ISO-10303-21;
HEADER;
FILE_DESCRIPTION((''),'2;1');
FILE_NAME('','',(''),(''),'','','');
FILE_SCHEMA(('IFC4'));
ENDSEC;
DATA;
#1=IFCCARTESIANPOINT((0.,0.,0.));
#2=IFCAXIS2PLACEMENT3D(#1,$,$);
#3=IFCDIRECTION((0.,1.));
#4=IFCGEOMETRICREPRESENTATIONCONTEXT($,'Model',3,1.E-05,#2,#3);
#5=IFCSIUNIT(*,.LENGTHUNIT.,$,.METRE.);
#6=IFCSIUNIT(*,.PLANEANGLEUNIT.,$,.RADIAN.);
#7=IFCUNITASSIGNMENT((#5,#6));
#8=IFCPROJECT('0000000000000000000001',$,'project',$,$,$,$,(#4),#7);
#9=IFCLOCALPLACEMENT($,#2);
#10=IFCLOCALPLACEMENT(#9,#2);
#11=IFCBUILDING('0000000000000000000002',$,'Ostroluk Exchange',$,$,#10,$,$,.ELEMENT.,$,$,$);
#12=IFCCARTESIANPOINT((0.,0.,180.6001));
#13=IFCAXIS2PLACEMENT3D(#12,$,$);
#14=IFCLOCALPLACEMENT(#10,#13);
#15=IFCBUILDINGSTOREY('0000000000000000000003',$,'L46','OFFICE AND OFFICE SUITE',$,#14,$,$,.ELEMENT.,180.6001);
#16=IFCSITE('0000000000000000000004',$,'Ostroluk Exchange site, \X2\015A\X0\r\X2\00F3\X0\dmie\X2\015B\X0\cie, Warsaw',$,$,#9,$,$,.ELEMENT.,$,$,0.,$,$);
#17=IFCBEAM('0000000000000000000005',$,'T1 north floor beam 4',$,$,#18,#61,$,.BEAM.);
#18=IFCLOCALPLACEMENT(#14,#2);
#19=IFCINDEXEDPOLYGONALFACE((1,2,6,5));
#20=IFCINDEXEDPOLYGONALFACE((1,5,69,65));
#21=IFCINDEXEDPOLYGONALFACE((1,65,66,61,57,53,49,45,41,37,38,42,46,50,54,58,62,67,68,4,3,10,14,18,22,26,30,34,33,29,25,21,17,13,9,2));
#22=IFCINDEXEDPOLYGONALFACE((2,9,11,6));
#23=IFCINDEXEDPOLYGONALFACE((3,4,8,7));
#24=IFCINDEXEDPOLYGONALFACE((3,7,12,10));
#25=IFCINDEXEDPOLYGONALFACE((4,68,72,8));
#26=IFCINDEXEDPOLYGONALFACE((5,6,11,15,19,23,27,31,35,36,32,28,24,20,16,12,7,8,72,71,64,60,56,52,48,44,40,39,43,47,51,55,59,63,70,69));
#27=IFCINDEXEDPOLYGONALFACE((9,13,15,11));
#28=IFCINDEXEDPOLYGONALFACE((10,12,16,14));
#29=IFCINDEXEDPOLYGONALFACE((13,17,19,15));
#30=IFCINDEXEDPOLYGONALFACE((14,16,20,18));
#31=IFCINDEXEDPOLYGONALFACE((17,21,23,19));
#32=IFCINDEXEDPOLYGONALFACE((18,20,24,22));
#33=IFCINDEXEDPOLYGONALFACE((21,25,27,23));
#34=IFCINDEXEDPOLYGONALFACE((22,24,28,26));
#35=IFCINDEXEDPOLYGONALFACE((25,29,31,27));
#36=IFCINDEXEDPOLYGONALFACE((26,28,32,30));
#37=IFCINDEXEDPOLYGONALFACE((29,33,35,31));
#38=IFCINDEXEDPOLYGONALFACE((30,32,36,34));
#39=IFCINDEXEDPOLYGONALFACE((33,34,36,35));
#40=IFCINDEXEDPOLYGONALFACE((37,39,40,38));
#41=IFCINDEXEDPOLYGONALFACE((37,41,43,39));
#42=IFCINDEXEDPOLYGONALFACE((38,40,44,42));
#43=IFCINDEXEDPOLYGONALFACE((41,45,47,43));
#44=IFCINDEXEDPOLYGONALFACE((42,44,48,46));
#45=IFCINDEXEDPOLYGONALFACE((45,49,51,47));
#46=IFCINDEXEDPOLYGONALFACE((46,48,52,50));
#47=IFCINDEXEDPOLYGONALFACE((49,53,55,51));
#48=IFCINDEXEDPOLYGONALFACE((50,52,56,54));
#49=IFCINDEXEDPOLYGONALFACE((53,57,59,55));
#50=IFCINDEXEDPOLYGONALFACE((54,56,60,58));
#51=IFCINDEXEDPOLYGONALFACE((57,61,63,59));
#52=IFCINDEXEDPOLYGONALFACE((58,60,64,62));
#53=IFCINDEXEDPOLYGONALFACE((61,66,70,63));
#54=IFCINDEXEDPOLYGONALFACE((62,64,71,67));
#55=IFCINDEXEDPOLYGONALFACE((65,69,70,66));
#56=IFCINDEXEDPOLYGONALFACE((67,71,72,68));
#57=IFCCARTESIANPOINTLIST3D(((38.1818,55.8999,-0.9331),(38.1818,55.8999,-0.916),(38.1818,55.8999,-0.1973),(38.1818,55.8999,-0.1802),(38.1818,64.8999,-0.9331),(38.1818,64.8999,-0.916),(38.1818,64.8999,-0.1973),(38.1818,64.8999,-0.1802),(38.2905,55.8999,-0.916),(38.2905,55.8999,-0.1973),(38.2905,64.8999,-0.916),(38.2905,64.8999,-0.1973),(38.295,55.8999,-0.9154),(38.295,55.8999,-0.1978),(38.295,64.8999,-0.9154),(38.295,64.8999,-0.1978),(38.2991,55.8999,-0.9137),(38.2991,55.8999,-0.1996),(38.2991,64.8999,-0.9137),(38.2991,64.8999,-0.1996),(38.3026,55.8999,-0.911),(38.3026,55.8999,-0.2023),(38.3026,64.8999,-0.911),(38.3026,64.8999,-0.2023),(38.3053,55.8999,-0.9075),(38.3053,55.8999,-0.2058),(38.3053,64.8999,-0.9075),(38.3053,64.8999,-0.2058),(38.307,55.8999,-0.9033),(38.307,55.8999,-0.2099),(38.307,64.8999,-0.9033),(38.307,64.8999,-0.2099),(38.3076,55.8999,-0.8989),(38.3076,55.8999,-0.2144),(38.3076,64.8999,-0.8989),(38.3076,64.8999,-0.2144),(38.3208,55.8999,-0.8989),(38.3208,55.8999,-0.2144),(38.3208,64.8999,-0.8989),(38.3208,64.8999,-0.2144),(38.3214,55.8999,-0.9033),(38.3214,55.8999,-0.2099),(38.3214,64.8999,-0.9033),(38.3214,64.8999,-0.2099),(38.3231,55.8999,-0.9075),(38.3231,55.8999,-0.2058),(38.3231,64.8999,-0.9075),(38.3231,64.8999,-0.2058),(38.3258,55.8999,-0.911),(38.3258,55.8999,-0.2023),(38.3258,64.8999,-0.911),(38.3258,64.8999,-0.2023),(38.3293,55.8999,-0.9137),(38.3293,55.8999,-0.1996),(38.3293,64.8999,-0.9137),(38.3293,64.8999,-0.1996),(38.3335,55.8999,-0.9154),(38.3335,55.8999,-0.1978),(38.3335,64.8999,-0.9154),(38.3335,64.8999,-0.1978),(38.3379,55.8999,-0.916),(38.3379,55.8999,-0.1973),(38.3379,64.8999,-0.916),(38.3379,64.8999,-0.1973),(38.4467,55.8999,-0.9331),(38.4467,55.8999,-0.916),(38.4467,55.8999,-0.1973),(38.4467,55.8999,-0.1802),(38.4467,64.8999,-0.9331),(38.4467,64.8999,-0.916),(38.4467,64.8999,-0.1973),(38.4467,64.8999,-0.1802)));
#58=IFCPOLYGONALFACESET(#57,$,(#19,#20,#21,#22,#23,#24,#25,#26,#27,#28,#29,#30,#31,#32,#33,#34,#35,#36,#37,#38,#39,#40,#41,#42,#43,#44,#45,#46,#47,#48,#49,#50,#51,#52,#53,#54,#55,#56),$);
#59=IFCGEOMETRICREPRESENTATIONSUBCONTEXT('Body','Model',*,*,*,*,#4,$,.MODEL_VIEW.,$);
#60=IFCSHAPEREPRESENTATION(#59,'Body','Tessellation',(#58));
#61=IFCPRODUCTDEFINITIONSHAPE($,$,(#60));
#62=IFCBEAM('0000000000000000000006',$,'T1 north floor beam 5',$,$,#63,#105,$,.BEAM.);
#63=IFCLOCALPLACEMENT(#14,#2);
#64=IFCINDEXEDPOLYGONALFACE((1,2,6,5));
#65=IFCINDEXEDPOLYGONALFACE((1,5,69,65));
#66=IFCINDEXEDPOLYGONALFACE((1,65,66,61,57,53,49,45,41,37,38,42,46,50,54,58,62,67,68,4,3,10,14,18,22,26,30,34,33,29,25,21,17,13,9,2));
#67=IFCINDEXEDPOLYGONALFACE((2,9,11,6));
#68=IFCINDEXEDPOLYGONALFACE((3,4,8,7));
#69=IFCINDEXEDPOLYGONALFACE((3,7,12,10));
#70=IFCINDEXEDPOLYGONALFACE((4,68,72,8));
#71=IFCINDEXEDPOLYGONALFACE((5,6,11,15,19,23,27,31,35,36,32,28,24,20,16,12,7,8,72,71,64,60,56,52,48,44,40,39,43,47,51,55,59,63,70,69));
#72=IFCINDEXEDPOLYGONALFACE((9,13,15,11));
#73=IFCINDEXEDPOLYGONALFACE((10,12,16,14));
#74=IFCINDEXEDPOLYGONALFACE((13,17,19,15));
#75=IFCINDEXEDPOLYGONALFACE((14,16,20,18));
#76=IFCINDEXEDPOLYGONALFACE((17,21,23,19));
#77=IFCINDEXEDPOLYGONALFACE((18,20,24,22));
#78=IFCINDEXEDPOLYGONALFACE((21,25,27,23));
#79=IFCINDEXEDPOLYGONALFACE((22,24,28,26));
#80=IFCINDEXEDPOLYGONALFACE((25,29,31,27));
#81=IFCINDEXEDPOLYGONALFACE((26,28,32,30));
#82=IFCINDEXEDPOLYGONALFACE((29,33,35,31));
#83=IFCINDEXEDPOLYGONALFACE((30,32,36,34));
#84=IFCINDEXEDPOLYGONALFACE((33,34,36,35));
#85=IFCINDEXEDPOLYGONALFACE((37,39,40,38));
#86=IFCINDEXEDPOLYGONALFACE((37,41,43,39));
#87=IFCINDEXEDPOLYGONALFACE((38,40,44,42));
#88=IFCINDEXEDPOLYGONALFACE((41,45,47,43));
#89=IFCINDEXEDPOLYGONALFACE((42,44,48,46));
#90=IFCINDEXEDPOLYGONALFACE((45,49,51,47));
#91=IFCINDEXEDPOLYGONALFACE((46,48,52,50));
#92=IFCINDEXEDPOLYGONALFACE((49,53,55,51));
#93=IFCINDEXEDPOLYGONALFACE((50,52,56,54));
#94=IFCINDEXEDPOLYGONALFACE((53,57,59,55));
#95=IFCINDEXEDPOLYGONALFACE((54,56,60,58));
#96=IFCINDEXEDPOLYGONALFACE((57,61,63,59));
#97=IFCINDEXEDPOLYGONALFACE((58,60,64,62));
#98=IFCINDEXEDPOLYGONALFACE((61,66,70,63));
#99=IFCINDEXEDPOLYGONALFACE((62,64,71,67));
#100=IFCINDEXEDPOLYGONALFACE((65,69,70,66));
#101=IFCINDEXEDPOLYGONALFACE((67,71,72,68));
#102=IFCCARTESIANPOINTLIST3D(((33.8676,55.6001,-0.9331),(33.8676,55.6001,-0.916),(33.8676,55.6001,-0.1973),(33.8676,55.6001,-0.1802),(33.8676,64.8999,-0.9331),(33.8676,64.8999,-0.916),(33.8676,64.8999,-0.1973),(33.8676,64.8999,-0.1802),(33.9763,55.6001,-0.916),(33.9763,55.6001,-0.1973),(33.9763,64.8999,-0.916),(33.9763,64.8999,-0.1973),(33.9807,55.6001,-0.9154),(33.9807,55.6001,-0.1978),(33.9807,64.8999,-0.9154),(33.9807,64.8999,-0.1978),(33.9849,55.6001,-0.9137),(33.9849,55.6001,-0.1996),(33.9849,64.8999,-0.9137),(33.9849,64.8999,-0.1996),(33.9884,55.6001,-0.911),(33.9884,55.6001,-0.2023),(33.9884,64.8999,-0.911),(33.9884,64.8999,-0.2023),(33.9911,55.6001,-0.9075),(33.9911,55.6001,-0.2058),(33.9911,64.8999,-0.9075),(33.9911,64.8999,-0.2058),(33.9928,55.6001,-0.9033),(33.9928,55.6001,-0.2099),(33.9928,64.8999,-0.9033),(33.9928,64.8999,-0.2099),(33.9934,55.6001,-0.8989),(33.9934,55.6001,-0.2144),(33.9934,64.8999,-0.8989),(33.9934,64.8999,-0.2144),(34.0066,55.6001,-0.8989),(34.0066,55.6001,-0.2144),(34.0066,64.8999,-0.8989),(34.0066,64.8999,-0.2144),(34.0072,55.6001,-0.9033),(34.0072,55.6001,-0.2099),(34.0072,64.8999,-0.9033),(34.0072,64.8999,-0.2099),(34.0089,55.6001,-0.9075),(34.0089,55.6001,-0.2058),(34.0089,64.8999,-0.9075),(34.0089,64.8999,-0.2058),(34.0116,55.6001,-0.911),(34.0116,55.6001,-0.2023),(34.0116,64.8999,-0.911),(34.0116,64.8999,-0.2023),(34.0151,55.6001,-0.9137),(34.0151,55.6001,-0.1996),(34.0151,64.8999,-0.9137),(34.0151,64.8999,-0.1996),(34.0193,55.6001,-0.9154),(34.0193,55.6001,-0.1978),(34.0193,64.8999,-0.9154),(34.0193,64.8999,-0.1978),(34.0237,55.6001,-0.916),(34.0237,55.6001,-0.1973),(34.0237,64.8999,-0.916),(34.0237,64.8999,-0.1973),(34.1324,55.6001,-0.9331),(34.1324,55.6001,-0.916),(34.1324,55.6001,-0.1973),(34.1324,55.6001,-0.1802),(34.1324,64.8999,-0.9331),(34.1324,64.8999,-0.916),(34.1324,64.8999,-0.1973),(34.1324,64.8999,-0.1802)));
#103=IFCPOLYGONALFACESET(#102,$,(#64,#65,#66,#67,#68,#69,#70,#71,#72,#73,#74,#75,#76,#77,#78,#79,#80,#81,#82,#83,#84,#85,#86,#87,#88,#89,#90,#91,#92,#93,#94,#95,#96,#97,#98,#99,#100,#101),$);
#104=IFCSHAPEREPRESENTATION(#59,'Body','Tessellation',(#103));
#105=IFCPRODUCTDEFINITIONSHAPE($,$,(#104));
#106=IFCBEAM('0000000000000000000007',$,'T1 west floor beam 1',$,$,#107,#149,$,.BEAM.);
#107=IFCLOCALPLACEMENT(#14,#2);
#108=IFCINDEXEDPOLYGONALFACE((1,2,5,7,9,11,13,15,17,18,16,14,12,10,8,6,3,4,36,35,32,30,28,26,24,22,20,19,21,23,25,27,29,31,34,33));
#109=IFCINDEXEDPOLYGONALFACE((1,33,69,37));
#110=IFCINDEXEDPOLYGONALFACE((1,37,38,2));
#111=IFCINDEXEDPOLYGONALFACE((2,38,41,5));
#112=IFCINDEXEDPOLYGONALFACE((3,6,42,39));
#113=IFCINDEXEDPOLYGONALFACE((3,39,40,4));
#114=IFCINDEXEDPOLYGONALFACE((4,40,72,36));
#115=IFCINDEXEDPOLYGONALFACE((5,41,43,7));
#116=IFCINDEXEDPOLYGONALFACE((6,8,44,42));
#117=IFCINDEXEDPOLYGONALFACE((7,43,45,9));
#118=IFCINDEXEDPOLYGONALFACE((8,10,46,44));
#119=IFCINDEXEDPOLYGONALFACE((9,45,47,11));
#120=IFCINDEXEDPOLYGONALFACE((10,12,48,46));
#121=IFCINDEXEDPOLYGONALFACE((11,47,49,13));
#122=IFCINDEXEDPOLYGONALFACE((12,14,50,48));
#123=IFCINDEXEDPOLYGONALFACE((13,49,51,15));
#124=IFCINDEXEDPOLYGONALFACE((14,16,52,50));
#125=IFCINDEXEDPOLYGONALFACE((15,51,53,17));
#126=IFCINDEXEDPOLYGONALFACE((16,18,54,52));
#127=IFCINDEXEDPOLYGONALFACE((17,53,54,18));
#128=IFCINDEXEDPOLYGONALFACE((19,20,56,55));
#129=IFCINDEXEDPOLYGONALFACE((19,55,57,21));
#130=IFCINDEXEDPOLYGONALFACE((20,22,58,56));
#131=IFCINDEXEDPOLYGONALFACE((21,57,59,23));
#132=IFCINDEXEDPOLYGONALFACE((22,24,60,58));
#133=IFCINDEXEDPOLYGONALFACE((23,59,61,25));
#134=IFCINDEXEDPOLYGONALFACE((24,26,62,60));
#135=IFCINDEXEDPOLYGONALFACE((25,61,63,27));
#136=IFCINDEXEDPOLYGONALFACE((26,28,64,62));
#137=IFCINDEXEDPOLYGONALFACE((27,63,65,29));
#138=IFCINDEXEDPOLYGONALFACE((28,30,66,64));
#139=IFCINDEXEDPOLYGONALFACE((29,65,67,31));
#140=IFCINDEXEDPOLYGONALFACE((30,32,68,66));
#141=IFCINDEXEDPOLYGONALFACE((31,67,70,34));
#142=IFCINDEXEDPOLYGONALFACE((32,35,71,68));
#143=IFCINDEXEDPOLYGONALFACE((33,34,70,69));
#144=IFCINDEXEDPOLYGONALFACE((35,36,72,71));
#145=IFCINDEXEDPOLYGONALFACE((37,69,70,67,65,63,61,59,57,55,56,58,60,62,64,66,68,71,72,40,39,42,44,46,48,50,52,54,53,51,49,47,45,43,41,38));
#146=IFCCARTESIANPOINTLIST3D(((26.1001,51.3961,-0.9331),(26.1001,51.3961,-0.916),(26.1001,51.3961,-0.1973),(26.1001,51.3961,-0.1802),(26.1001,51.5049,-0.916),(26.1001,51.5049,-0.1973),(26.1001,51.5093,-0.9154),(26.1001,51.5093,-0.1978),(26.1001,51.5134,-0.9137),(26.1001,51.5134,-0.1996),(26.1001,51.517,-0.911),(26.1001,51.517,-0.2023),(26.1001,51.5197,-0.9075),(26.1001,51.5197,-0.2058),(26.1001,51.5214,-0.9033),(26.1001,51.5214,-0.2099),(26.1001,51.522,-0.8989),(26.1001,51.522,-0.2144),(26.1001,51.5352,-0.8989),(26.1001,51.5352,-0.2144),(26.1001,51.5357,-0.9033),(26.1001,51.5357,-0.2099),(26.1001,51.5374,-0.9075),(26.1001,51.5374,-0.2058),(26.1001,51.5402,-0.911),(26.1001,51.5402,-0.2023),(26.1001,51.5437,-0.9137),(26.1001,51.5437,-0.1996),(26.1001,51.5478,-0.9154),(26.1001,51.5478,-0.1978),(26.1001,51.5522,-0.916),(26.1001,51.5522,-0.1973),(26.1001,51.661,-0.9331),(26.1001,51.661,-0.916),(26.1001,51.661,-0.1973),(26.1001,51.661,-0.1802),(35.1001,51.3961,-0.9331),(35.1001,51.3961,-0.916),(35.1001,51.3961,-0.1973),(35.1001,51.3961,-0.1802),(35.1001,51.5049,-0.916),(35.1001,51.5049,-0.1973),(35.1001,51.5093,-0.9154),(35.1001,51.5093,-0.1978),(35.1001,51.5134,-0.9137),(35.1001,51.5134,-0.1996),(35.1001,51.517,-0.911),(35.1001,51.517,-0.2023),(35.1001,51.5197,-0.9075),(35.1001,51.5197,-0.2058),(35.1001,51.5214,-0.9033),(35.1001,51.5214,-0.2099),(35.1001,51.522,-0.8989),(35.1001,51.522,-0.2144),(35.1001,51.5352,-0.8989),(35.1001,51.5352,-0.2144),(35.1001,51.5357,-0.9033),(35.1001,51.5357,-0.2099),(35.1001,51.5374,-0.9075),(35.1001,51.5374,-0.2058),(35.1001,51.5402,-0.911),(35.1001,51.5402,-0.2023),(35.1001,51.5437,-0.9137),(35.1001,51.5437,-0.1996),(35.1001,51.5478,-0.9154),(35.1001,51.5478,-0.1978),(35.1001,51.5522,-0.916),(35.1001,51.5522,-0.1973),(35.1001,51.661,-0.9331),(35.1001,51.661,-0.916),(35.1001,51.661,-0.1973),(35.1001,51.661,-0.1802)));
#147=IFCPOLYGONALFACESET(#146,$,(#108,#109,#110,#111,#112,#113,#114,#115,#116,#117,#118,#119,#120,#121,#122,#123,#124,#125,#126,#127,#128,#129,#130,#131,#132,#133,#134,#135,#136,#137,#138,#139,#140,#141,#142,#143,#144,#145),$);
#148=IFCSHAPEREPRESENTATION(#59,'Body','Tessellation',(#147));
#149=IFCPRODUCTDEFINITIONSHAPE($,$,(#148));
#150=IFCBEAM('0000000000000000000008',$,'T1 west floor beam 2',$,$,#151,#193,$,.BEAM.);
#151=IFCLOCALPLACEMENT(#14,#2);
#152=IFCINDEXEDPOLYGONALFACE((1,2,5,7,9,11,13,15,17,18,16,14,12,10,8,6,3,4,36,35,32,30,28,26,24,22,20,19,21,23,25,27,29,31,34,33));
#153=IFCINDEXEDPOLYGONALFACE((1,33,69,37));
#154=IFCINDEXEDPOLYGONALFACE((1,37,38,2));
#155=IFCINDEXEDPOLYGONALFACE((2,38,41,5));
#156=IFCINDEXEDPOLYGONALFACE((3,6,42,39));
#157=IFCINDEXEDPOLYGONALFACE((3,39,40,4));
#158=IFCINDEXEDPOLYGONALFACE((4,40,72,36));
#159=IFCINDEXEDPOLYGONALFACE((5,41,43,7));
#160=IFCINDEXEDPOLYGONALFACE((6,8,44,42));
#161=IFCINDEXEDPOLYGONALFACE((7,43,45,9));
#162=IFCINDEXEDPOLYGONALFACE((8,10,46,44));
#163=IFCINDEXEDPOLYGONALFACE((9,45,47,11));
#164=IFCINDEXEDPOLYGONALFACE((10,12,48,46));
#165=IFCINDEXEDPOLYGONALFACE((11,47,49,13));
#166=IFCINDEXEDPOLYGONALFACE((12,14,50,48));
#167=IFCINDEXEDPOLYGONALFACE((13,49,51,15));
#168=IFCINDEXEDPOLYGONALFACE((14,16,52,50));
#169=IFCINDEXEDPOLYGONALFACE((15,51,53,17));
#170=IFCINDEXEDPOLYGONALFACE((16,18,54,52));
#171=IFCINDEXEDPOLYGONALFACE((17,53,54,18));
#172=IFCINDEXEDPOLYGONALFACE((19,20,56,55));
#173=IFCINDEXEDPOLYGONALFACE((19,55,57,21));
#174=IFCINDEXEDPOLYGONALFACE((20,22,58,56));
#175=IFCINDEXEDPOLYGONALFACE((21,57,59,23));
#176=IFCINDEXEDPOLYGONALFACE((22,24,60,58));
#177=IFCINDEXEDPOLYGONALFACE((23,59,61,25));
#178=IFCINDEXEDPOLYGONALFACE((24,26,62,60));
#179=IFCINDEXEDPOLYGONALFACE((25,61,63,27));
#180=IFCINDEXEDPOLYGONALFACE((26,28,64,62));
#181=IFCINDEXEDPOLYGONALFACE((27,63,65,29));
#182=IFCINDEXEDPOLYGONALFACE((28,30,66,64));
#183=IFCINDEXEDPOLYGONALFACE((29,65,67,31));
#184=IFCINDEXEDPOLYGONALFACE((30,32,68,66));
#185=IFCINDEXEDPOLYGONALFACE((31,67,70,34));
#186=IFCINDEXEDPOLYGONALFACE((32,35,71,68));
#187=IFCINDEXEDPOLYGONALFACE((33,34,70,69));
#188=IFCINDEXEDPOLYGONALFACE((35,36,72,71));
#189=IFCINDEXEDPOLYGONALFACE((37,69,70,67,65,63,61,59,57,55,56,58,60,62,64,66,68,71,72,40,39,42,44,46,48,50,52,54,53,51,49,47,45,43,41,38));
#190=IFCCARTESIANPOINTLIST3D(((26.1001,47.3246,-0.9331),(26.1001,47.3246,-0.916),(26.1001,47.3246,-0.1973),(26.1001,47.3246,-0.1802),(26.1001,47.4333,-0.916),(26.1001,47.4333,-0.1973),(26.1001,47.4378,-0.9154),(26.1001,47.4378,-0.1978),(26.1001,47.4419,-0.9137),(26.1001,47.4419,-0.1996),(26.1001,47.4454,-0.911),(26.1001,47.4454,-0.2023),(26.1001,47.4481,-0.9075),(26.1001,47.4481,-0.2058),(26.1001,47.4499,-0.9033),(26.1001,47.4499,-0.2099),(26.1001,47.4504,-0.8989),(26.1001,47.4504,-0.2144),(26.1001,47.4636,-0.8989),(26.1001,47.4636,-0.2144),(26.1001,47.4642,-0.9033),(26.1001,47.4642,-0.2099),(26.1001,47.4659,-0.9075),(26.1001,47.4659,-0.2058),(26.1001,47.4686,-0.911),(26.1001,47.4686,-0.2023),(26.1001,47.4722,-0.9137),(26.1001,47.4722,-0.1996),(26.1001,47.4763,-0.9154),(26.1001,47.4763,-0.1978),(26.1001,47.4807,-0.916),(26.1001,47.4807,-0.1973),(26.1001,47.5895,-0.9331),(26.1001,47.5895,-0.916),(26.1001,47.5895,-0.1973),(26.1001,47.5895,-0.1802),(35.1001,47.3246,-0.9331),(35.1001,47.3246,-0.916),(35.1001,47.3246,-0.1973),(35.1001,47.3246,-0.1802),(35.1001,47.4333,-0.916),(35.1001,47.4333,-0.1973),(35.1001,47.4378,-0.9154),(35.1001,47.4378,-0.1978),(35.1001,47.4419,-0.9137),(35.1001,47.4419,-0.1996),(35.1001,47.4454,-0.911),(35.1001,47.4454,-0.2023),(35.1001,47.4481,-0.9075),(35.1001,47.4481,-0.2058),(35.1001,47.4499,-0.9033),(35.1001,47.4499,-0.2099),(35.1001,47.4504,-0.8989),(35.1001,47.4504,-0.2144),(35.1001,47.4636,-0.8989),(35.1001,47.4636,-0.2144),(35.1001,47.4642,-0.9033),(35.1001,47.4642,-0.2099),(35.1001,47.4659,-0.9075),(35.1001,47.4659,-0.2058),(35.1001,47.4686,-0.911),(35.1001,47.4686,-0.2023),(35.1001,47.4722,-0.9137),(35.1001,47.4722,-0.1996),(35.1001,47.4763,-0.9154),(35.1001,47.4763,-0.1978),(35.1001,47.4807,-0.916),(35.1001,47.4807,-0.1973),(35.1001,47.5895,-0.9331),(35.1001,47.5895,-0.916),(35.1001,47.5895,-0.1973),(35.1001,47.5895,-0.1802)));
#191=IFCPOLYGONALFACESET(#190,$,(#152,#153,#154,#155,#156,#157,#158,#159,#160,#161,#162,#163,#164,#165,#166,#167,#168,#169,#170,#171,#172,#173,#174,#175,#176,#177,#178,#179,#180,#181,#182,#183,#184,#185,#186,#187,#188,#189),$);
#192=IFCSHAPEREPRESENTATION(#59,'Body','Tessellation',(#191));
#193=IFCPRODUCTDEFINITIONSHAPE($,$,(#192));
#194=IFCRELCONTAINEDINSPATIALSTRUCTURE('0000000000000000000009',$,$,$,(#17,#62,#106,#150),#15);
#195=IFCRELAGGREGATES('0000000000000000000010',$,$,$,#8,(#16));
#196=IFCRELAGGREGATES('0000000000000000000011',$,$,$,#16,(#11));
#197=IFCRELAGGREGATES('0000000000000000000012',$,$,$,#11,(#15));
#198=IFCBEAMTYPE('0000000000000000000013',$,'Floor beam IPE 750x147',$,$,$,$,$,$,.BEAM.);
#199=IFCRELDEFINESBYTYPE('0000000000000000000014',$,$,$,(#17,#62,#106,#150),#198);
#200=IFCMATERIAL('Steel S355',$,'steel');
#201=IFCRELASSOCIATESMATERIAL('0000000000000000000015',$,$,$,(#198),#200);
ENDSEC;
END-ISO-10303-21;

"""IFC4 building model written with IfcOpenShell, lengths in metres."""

from ifc_helpers import new_model, si_unit, direction, frame, origin, origin_2d, place, context, subcontext, project, spatial, i_section, extrude, material, material_profile, profile_set, type_object, element, save


model = new_model("IFC4")

# Units and contexts
model_context = context("Model", 3, precision=1e-05, world=origin(), true_north=direction((0.0, 1.0)))
body_context = subcontext(model_context, "Body", "Model", "MODEL_VIEW")
ifc_project = project(units=[si_unit("LENGTHUNIT", "METRE"), si_unit("PLANEANGLEUNIT", "RADIAN")], contexts=[model_context])

# Site, building, storey
site_placement = place(None, origin())
site = spatial("IfcSite", under=ifc_project, at=site_placement, Name="Ostroluk Exchange site, Śródmieście, Warsaw", CompositionType="ELEMENT", RefElevation=0.0)
building_placement = place(site_placement, origin())
building = spatial("IfcBuilding", under=site, at=building_placement, Name="Ostroluk Exchange", CompositionType="ELEMENT")
storey_placement = place(building_placement, frame((0.0, 0.0, 180.6001)))
storey = spatial("IfcBuildingStorey", under=building, at=storey_placement, Name="L46", Description="OFFICE AND OFFICE SUITE", CompositionType="ELEMENT", Elevation=180.6001)

# Beams
ifc_material_1 = material(Name="Steel S355", Category="steel")
ifc_material_profile_1 = material_profile(ifc_material_1, i_section(OverallWidth=0.2649, OverallDepth=0.7529, WebThickness=0.0132, FlangeThickness=0.0171, FilletRadius=0.0171, at=origin_2d()), Name="IPE 750x147")
ifc_profile_set_1 = profile_set([ifc_material_profile_1], Name="Steel S355")
beam_type_1 = type_object("IfcBeamType", Name="Floor beam IPE 750x147", PredefinedType="BEAM", material=ifc_profile_set_1)
beam_1_placement = place(storey_placement, frame((38.3142, 55.8999, -0.5566), z_axis=(0.0, 1.0, 0.0), x_axis=(-1.0, 0.0, 0.0)))
element("IfcBeam", 1, at=beam_1_placement, inside=storey, type_object=beam_type_1, Name="T1 north floor beam 4", PredefinedType="BEAM", context=body_context, shape_type="SweptSolid", body=[
    extrude(i_section(OverallWidth=0.2649, OverallDepth=0.7529, WebThickness=0.0132, FlangeThickness=0.0171, FilletRadius=0.0171, at=origin_2d()), origin(), (0.0, 0.0, 1.0), 9.0),
])
beam_2_placement = place(storey_placement, frame((34.0, 55.6001, -0.5566), z_axis=(0.0, 1.0, 0.0), x_axis=(-1.0, 0.0, 0.0)))
element("IfcBeam", 2, at=beam_2_placement, inside=storey, type_object=beam_type_1, Name="T1 north floor beam 5", PredefinedType="BEAM", context=body_context, shape_type="SweptSolid", body=[
    extrude(i_section(OverallWidth=0.2649, OverallDepth=0.7529, WebThickness=0.0132, FlangeThickness=0.0171, FilletRadius=0.0171, at=origin_2d()), origin(), (0.0, 0.0, 1.0), 9.2998),
])
for number, where, z_axis, x_axis, name in (
    (3, (35.1001, 51.5286, -0.5566), (-1.0, 0.0, 0.0), (0.0, -1.0, 0.0), "T1 west floor beam 1"),
    (4, (35.1001, 47.457, -0.5566), (-1.0, 0.0, 0.0), (0.0, -1.0, 0.0), "T1 west floor beam 2"),
):
    element("IfcBeam", number, at=place(storey_placement, frame(where, z_axis=z_axis, x_axis=x_axis)), inside=storey, type_object=beam_type_1, Name=name, PredefinedType="BEAM", context=body_context, shape_type="SweptSolid", body=[
        extrude(i_section(OverallWidth=0.2649, OverallDepth=0.7529, WebThickness=0.0132, FlangeThickness=0.0171, FilletRadius=0.0171, at=origin_2d()), origin(), (0.0, 0.0, 1.0), 9.0),
    ])

save(model, "model.ifc")
